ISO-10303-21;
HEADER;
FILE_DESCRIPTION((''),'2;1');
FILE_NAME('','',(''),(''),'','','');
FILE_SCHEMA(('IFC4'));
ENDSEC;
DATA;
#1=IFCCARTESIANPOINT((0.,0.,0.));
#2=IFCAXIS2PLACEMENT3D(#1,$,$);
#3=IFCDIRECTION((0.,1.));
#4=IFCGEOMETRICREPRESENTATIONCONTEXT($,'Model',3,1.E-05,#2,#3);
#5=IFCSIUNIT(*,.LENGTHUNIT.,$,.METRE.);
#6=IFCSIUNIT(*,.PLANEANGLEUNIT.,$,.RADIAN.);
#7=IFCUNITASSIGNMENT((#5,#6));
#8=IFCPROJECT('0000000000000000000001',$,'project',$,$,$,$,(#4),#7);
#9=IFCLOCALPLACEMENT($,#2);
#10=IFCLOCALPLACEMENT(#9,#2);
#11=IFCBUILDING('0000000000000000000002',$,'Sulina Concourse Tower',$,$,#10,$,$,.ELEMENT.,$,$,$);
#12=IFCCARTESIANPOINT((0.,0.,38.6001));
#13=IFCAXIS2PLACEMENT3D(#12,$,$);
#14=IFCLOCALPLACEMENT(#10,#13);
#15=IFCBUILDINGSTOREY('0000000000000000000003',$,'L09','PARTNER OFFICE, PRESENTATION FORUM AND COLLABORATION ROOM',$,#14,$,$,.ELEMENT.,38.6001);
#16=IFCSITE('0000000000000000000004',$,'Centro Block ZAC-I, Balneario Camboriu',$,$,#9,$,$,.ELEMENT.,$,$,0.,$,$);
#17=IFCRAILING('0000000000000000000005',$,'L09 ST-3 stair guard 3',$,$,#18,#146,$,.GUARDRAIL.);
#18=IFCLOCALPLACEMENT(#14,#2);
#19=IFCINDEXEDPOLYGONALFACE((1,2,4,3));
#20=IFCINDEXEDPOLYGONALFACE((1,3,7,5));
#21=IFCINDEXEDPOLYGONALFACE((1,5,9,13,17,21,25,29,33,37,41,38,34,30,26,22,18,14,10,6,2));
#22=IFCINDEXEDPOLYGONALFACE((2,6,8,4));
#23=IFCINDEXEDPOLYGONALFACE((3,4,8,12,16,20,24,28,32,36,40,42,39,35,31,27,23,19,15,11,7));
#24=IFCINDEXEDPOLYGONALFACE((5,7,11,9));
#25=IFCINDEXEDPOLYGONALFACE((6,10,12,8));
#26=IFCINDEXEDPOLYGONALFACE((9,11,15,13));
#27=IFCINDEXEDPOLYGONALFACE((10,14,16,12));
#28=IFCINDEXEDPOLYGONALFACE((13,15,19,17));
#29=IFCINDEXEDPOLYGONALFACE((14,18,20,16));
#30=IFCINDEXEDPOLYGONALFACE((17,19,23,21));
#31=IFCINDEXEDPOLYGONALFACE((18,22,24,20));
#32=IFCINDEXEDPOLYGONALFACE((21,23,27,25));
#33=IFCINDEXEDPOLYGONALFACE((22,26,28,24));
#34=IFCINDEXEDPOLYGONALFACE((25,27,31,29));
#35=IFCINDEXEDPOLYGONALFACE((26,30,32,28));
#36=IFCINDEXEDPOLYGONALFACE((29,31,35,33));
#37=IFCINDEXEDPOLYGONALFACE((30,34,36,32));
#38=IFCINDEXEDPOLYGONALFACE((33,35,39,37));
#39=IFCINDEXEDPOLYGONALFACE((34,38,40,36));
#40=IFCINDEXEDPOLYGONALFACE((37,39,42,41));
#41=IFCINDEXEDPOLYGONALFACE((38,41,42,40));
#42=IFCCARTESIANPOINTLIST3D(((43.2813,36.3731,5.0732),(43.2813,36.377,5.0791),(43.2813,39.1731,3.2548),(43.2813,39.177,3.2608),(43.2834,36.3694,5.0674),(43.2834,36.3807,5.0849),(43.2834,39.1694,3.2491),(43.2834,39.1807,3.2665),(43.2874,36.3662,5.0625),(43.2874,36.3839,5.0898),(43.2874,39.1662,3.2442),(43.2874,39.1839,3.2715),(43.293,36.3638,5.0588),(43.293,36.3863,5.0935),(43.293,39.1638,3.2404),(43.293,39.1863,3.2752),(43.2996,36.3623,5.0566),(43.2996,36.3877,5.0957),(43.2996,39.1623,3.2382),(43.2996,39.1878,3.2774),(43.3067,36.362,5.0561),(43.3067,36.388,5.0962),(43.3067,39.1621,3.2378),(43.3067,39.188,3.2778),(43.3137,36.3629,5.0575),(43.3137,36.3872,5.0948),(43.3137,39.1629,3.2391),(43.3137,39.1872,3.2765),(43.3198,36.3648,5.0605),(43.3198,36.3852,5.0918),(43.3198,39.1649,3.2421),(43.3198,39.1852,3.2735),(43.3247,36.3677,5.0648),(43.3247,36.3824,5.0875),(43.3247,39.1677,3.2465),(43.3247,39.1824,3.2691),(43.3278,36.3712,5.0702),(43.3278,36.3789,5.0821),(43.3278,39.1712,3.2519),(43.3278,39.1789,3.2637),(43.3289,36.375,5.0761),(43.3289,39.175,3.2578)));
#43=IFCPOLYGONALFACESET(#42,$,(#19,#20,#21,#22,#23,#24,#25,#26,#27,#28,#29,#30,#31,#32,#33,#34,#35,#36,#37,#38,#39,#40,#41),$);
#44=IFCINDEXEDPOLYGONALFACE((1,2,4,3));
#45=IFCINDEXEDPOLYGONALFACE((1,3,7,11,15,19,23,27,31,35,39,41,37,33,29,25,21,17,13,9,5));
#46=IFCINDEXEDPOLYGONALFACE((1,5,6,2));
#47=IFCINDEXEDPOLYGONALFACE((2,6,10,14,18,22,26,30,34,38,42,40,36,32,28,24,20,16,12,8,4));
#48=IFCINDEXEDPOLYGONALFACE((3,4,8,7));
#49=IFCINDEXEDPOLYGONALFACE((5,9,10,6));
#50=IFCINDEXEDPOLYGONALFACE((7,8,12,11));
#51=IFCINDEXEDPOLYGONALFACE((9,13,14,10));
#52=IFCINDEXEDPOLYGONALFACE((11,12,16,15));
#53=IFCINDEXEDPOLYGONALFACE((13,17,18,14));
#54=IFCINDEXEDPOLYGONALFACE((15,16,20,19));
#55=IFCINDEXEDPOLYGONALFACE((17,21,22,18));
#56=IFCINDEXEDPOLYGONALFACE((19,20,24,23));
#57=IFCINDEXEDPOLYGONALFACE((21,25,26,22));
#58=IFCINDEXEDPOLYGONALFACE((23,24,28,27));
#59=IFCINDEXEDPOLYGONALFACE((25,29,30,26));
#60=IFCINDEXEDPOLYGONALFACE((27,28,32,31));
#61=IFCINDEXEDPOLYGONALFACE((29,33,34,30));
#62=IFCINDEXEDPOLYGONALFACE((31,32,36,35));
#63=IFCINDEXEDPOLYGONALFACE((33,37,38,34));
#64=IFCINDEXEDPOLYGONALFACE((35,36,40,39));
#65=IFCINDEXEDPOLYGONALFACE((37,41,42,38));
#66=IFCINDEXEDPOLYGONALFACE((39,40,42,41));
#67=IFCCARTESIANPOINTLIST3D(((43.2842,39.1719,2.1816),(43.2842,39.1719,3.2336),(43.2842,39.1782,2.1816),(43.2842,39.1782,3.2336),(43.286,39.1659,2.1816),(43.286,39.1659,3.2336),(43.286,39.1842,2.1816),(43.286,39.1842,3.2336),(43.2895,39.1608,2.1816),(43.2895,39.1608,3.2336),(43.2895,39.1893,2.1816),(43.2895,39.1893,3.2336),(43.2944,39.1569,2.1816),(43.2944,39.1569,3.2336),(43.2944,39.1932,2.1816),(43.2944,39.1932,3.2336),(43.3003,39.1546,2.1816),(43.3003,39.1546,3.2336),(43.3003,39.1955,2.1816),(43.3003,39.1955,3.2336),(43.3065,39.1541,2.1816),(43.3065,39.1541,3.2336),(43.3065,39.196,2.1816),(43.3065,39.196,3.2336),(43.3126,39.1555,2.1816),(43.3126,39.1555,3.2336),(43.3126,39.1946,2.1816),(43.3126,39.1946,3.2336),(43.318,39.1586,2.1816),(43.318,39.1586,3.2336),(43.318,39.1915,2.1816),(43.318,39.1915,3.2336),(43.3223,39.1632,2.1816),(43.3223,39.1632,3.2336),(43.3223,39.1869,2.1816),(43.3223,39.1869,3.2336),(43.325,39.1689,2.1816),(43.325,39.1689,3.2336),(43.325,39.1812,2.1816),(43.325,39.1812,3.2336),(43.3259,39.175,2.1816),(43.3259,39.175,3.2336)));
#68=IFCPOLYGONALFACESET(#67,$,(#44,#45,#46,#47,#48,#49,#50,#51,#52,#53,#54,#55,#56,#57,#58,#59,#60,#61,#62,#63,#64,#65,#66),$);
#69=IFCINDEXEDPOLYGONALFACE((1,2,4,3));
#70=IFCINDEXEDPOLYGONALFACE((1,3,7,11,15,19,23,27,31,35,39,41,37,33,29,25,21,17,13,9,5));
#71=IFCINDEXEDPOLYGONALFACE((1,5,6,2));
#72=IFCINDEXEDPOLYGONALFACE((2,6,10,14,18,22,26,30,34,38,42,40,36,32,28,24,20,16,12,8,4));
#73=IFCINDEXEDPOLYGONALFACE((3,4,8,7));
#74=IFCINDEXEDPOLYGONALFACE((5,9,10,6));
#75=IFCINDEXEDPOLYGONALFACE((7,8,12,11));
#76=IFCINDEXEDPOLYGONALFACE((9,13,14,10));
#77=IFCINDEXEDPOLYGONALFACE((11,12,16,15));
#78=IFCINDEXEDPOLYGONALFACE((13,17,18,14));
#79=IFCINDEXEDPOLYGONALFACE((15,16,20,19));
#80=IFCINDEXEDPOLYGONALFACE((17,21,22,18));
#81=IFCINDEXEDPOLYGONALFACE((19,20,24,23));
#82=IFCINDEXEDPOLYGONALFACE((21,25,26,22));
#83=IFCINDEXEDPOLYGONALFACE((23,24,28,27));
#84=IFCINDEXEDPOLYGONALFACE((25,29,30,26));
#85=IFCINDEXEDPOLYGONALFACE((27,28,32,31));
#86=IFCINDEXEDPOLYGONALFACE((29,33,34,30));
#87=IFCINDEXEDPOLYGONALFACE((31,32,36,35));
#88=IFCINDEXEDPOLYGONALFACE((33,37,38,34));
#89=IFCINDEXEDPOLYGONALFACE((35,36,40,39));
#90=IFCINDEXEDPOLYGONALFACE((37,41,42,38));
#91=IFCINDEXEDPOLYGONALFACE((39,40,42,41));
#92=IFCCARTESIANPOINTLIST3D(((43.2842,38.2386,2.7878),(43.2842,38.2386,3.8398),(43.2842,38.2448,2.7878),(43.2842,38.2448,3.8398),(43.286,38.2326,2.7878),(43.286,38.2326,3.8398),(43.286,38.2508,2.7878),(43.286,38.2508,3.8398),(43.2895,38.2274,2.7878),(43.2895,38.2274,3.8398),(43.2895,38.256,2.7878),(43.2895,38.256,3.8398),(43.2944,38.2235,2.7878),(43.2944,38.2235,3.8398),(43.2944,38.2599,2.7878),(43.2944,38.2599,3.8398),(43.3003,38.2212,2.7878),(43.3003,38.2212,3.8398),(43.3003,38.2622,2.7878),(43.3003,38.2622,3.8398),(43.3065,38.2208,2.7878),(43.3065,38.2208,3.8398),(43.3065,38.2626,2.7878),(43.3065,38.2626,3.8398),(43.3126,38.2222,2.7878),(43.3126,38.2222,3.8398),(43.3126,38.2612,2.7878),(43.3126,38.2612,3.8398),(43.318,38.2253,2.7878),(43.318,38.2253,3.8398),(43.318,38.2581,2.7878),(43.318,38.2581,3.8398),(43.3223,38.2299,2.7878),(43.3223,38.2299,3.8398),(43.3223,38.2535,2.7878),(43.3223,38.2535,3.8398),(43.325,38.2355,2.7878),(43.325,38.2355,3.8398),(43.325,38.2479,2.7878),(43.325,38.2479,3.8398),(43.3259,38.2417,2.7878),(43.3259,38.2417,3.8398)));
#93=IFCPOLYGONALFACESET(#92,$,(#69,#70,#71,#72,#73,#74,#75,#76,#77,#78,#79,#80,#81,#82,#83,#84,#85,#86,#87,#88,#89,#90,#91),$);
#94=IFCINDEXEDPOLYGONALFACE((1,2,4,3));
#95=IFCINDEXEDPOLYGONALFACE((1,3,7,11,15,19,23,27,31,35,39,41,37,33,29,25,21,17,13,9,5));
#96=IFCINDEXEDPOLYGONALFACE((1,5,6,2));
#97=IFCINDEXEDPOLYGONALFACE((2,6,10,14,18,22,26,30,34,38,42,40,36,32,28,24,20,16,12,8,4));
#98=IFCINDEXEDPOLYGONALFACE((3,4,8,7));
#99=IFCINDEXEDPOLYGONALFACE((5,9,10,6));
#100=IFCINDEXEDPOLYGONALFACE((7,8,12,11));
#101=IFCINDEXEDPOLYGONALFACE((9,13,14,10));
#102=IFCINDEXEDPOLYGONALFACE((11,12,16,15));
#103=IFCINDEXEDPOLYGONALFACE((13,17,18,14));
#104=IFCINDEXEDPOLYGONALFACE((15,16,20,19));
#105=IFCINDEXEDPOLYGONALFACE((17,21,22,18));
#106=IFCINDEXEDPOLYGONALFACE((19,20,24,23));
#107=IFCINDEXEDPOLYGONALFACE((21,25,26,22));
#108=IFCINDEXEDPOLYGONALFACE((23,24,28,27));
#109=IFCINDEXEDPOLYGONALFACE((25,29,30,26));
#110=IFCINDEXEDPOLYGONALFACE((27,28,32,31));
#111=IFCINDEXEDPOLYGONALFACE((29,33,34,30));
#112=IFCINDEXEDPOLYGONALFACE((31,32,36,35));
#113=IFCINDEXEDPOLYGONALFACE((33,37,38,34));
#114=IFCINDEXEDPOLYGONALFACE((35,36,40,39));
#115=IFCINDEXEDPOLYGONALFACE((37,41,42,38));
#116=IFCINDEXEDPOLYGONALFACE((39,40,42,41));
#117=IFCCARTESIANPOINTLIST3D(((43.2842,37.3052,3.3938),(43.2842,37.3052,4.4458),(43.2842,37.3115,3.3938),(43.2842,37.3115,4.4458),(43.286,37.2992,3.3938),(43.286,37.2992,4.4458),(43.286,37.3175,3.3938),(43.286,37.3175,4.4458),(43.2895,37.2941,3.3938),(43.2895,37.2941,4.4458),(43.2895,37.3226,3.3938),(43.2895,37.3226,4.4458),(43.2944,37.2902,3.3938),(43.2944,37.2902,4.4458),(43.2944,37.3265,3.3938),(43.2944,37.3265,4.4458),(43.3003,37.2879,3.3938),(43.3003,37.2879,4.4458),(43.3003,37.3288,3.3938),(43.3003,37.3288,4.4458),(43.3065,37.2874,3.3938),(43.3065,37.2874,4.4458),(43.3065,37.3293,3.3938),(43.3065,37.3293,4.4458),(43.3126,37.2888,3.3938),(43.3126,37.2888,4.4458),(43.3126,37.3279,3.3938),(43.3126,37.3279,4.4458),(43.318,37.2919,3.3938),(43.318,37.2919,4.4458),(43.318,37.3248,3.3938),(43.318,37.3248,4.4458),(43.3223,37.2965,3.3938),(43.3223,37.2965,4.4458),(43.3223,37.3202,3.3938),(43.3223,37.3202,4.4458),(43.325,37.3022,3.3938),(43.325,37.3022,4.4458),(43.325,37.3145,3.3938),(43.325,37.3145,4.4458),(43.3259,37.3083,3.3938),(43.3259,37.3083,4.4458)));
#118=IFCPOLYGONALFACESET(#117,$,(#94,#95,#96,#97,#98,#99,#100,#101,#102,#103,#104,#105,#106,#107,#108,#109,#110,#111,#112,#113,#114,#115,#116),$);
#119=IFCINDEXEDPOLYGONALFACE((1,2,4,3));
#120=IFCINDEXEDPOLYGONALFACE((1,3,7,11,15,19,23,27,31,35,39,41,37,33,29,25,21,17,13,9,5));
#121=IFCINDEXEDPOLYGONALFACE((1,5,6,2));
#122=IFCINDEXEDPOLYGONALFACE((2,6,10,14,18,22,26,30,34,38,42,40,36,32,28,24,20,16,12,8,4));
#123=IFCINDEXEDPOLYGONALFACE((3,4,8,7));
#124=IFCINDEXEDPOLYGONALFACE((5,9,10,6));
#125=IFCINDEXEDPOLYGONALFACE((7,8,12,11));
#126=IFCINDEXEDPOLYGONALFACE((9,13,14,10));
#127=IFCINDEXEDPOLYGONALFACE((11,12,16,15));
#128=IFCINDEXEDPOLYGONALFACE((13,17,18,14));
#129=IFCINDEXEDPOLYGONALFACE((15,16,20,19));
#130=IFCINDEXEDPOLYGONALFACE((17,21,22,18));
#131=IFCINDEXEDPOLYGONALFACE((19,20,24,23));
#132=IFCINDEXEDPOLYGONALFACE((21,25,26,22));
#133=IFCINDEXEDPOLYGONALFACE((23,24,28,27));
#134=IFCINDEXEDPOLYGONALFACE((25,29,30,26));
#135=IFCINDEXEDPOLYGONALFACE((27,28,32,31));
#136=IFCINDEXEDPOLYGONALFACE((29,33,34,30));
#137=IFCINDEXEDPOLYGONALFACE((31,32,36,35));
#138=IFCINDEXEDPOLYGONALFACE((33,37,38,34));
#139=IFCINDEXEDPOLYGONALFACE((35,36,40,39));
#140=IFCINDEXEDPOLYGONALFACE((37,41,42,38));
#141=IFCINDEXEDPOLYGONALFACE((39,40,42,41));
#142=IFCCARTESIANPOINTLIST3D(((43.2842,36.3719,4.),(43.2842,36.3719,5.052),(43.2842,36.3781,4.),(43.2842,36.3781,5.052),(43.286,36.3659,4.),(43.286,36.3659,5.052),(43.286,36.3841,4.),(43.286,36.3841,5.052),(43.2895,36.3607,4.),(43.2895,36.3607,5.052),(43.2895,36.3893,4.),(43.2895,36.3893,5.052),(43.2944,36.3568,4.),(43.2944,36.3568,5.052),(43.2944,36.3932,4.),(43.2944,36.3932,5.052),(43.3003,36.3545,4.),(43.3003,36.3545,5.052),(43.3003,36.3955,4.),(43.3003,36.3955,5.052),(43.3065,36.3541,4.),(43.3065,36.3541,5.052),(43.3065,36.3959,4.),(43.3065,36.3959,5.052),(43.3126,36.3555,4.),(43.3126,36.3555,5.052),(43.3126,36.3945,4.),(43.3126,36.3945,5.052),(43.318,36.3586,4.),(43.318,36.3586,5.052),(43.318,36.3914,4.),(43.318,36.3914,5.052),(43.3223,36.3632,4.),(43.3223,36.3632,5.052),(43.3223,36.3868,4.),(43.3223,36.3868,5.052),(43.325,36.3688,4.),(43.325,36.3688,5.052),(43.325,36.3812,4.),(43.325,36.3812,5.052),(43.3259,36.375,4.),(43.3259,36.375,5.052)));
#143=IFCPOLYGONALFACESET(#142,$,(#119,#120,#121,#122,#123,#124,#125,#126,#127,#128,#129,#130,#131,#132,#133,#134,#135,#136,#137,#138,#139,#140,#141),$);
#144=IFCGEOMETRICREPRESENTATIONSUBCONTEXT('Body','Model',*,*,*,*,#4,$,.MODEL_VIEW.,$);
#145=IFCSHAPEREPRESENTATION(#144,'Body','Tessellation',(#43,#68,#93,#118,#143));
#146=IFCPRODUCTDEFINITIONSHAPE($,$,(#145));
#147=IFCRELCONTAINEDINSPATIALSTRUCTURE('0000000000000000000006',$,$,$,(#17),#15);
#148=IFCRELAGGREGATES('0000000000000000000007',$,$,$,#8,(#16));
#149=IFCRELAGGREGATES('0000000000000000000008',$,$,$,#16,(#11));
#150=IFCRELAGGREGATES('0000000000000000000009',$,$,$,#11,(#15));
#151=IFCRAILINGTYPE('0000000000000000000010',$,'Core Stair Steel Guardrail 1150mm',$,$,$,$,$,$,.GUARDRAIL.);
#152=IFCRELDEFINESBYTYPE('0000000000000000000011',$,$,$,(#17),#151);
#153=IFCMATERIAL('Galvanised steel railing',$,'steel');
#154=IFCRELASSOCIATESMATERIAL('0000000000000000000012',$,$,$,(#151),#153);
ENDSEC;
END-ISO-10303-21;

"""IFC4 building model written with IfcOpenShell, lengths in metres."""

from ifc_helpers import new_model, si_unit, direction, frame, origin, origin_2d, place, context, subcontext, project, spatial, circle, extrude, material, type_object, element, save


model = new_model("IFC4")

# Units and contexts
model_context = context("Model", 3, precision=1e-05, world=origin(), true_north=direction((0.0, 1.0)))
body_context = subcontext(model_context, "Body", "Model", "MODEL_VIEW")
ifc_project = project(units=[si_unit("LENGTHUNIT", "METRE"), si_unit("PLANEANGLEUNIT", "RADIAN")], contexts=[model_context])

# Site, building, storey
site_placement = place(None, origin())
site = spatial("IfcSite", under=ifc_project, at=site_placement, Name="Centro Block ZAC-I, Balneario Camboriu", CompositionType="ELEMENT", RefElevation=0.0)
building_placement = place(site_placement, origin())
building = spatial("IfcBuilding", under=site, at=building_placement, Name="Sulina Concourse Tower", CompositionType="ELEMENT")
storey_placement = place(building_placement, frame((0.0, 0.0, 38.6001)))
storey = spatial("IfcBuildingStorey", under=building, at=storey_placement, Name="L09", Description="PARTNER OFFICE, PRESENTATION FORUM AND COLLABORATION ROOM", CompositionType="ELEMENT", Elevation=38.6001)

# Railing
ifc_material_1 = material(Name="Galvanised steel railing", Category="steel")
railing_type_1 = type_object("IfcRailingType", Name="Core Stair Steel Guardrail 1150mm", PredefinedType="GUARDRAIL", material=ifc_material_1)
railing_1_placement = place(storey_placement, frame((43.3049, 39.175, 2.1816)))
element("IfcRailing", 1, at=railing_1_placement, inside=storey, type_object=railing_type_1, Name="L09 ST-3 stair guard 3", PredefinedType="GUARDRAIL", context=body_context, shape_type="SweptSolid", body=[
    extrude(circle(Radius=0.0239, at=origin_2d()), frame((0.0, 0.0, 1.0762), z_axis=(0.0, -0.838672, 0.544636), x_axis=(1.0, 0.0, 0.0)), (0.0, 0.0, 1.0), 3.3386),
    extrude(circle(Radius=0.021, at=origin_2d()), origin(), (0.0, 0.0, 1.0), 1.052),
    extrude(circle(Radius=0.021, at=origin_2d()), frame((0.0, -0.9333, 0.6062)), (0.0, 0.0, 1.0), 1.052),
    extrude(circle(Radius=0.021, at=origin_2d()), frame((0.0, -1.8667, 1.2122)), (0.0, 0.0, 1.0), 1.052),
    extrude(circle(Radius=0.021, at=origin_2d()), frame((0.0, -2.8, 1.8184)), (0.0, 0.0, 1.0), 1.052),
])

save(model, "model.ifc")
